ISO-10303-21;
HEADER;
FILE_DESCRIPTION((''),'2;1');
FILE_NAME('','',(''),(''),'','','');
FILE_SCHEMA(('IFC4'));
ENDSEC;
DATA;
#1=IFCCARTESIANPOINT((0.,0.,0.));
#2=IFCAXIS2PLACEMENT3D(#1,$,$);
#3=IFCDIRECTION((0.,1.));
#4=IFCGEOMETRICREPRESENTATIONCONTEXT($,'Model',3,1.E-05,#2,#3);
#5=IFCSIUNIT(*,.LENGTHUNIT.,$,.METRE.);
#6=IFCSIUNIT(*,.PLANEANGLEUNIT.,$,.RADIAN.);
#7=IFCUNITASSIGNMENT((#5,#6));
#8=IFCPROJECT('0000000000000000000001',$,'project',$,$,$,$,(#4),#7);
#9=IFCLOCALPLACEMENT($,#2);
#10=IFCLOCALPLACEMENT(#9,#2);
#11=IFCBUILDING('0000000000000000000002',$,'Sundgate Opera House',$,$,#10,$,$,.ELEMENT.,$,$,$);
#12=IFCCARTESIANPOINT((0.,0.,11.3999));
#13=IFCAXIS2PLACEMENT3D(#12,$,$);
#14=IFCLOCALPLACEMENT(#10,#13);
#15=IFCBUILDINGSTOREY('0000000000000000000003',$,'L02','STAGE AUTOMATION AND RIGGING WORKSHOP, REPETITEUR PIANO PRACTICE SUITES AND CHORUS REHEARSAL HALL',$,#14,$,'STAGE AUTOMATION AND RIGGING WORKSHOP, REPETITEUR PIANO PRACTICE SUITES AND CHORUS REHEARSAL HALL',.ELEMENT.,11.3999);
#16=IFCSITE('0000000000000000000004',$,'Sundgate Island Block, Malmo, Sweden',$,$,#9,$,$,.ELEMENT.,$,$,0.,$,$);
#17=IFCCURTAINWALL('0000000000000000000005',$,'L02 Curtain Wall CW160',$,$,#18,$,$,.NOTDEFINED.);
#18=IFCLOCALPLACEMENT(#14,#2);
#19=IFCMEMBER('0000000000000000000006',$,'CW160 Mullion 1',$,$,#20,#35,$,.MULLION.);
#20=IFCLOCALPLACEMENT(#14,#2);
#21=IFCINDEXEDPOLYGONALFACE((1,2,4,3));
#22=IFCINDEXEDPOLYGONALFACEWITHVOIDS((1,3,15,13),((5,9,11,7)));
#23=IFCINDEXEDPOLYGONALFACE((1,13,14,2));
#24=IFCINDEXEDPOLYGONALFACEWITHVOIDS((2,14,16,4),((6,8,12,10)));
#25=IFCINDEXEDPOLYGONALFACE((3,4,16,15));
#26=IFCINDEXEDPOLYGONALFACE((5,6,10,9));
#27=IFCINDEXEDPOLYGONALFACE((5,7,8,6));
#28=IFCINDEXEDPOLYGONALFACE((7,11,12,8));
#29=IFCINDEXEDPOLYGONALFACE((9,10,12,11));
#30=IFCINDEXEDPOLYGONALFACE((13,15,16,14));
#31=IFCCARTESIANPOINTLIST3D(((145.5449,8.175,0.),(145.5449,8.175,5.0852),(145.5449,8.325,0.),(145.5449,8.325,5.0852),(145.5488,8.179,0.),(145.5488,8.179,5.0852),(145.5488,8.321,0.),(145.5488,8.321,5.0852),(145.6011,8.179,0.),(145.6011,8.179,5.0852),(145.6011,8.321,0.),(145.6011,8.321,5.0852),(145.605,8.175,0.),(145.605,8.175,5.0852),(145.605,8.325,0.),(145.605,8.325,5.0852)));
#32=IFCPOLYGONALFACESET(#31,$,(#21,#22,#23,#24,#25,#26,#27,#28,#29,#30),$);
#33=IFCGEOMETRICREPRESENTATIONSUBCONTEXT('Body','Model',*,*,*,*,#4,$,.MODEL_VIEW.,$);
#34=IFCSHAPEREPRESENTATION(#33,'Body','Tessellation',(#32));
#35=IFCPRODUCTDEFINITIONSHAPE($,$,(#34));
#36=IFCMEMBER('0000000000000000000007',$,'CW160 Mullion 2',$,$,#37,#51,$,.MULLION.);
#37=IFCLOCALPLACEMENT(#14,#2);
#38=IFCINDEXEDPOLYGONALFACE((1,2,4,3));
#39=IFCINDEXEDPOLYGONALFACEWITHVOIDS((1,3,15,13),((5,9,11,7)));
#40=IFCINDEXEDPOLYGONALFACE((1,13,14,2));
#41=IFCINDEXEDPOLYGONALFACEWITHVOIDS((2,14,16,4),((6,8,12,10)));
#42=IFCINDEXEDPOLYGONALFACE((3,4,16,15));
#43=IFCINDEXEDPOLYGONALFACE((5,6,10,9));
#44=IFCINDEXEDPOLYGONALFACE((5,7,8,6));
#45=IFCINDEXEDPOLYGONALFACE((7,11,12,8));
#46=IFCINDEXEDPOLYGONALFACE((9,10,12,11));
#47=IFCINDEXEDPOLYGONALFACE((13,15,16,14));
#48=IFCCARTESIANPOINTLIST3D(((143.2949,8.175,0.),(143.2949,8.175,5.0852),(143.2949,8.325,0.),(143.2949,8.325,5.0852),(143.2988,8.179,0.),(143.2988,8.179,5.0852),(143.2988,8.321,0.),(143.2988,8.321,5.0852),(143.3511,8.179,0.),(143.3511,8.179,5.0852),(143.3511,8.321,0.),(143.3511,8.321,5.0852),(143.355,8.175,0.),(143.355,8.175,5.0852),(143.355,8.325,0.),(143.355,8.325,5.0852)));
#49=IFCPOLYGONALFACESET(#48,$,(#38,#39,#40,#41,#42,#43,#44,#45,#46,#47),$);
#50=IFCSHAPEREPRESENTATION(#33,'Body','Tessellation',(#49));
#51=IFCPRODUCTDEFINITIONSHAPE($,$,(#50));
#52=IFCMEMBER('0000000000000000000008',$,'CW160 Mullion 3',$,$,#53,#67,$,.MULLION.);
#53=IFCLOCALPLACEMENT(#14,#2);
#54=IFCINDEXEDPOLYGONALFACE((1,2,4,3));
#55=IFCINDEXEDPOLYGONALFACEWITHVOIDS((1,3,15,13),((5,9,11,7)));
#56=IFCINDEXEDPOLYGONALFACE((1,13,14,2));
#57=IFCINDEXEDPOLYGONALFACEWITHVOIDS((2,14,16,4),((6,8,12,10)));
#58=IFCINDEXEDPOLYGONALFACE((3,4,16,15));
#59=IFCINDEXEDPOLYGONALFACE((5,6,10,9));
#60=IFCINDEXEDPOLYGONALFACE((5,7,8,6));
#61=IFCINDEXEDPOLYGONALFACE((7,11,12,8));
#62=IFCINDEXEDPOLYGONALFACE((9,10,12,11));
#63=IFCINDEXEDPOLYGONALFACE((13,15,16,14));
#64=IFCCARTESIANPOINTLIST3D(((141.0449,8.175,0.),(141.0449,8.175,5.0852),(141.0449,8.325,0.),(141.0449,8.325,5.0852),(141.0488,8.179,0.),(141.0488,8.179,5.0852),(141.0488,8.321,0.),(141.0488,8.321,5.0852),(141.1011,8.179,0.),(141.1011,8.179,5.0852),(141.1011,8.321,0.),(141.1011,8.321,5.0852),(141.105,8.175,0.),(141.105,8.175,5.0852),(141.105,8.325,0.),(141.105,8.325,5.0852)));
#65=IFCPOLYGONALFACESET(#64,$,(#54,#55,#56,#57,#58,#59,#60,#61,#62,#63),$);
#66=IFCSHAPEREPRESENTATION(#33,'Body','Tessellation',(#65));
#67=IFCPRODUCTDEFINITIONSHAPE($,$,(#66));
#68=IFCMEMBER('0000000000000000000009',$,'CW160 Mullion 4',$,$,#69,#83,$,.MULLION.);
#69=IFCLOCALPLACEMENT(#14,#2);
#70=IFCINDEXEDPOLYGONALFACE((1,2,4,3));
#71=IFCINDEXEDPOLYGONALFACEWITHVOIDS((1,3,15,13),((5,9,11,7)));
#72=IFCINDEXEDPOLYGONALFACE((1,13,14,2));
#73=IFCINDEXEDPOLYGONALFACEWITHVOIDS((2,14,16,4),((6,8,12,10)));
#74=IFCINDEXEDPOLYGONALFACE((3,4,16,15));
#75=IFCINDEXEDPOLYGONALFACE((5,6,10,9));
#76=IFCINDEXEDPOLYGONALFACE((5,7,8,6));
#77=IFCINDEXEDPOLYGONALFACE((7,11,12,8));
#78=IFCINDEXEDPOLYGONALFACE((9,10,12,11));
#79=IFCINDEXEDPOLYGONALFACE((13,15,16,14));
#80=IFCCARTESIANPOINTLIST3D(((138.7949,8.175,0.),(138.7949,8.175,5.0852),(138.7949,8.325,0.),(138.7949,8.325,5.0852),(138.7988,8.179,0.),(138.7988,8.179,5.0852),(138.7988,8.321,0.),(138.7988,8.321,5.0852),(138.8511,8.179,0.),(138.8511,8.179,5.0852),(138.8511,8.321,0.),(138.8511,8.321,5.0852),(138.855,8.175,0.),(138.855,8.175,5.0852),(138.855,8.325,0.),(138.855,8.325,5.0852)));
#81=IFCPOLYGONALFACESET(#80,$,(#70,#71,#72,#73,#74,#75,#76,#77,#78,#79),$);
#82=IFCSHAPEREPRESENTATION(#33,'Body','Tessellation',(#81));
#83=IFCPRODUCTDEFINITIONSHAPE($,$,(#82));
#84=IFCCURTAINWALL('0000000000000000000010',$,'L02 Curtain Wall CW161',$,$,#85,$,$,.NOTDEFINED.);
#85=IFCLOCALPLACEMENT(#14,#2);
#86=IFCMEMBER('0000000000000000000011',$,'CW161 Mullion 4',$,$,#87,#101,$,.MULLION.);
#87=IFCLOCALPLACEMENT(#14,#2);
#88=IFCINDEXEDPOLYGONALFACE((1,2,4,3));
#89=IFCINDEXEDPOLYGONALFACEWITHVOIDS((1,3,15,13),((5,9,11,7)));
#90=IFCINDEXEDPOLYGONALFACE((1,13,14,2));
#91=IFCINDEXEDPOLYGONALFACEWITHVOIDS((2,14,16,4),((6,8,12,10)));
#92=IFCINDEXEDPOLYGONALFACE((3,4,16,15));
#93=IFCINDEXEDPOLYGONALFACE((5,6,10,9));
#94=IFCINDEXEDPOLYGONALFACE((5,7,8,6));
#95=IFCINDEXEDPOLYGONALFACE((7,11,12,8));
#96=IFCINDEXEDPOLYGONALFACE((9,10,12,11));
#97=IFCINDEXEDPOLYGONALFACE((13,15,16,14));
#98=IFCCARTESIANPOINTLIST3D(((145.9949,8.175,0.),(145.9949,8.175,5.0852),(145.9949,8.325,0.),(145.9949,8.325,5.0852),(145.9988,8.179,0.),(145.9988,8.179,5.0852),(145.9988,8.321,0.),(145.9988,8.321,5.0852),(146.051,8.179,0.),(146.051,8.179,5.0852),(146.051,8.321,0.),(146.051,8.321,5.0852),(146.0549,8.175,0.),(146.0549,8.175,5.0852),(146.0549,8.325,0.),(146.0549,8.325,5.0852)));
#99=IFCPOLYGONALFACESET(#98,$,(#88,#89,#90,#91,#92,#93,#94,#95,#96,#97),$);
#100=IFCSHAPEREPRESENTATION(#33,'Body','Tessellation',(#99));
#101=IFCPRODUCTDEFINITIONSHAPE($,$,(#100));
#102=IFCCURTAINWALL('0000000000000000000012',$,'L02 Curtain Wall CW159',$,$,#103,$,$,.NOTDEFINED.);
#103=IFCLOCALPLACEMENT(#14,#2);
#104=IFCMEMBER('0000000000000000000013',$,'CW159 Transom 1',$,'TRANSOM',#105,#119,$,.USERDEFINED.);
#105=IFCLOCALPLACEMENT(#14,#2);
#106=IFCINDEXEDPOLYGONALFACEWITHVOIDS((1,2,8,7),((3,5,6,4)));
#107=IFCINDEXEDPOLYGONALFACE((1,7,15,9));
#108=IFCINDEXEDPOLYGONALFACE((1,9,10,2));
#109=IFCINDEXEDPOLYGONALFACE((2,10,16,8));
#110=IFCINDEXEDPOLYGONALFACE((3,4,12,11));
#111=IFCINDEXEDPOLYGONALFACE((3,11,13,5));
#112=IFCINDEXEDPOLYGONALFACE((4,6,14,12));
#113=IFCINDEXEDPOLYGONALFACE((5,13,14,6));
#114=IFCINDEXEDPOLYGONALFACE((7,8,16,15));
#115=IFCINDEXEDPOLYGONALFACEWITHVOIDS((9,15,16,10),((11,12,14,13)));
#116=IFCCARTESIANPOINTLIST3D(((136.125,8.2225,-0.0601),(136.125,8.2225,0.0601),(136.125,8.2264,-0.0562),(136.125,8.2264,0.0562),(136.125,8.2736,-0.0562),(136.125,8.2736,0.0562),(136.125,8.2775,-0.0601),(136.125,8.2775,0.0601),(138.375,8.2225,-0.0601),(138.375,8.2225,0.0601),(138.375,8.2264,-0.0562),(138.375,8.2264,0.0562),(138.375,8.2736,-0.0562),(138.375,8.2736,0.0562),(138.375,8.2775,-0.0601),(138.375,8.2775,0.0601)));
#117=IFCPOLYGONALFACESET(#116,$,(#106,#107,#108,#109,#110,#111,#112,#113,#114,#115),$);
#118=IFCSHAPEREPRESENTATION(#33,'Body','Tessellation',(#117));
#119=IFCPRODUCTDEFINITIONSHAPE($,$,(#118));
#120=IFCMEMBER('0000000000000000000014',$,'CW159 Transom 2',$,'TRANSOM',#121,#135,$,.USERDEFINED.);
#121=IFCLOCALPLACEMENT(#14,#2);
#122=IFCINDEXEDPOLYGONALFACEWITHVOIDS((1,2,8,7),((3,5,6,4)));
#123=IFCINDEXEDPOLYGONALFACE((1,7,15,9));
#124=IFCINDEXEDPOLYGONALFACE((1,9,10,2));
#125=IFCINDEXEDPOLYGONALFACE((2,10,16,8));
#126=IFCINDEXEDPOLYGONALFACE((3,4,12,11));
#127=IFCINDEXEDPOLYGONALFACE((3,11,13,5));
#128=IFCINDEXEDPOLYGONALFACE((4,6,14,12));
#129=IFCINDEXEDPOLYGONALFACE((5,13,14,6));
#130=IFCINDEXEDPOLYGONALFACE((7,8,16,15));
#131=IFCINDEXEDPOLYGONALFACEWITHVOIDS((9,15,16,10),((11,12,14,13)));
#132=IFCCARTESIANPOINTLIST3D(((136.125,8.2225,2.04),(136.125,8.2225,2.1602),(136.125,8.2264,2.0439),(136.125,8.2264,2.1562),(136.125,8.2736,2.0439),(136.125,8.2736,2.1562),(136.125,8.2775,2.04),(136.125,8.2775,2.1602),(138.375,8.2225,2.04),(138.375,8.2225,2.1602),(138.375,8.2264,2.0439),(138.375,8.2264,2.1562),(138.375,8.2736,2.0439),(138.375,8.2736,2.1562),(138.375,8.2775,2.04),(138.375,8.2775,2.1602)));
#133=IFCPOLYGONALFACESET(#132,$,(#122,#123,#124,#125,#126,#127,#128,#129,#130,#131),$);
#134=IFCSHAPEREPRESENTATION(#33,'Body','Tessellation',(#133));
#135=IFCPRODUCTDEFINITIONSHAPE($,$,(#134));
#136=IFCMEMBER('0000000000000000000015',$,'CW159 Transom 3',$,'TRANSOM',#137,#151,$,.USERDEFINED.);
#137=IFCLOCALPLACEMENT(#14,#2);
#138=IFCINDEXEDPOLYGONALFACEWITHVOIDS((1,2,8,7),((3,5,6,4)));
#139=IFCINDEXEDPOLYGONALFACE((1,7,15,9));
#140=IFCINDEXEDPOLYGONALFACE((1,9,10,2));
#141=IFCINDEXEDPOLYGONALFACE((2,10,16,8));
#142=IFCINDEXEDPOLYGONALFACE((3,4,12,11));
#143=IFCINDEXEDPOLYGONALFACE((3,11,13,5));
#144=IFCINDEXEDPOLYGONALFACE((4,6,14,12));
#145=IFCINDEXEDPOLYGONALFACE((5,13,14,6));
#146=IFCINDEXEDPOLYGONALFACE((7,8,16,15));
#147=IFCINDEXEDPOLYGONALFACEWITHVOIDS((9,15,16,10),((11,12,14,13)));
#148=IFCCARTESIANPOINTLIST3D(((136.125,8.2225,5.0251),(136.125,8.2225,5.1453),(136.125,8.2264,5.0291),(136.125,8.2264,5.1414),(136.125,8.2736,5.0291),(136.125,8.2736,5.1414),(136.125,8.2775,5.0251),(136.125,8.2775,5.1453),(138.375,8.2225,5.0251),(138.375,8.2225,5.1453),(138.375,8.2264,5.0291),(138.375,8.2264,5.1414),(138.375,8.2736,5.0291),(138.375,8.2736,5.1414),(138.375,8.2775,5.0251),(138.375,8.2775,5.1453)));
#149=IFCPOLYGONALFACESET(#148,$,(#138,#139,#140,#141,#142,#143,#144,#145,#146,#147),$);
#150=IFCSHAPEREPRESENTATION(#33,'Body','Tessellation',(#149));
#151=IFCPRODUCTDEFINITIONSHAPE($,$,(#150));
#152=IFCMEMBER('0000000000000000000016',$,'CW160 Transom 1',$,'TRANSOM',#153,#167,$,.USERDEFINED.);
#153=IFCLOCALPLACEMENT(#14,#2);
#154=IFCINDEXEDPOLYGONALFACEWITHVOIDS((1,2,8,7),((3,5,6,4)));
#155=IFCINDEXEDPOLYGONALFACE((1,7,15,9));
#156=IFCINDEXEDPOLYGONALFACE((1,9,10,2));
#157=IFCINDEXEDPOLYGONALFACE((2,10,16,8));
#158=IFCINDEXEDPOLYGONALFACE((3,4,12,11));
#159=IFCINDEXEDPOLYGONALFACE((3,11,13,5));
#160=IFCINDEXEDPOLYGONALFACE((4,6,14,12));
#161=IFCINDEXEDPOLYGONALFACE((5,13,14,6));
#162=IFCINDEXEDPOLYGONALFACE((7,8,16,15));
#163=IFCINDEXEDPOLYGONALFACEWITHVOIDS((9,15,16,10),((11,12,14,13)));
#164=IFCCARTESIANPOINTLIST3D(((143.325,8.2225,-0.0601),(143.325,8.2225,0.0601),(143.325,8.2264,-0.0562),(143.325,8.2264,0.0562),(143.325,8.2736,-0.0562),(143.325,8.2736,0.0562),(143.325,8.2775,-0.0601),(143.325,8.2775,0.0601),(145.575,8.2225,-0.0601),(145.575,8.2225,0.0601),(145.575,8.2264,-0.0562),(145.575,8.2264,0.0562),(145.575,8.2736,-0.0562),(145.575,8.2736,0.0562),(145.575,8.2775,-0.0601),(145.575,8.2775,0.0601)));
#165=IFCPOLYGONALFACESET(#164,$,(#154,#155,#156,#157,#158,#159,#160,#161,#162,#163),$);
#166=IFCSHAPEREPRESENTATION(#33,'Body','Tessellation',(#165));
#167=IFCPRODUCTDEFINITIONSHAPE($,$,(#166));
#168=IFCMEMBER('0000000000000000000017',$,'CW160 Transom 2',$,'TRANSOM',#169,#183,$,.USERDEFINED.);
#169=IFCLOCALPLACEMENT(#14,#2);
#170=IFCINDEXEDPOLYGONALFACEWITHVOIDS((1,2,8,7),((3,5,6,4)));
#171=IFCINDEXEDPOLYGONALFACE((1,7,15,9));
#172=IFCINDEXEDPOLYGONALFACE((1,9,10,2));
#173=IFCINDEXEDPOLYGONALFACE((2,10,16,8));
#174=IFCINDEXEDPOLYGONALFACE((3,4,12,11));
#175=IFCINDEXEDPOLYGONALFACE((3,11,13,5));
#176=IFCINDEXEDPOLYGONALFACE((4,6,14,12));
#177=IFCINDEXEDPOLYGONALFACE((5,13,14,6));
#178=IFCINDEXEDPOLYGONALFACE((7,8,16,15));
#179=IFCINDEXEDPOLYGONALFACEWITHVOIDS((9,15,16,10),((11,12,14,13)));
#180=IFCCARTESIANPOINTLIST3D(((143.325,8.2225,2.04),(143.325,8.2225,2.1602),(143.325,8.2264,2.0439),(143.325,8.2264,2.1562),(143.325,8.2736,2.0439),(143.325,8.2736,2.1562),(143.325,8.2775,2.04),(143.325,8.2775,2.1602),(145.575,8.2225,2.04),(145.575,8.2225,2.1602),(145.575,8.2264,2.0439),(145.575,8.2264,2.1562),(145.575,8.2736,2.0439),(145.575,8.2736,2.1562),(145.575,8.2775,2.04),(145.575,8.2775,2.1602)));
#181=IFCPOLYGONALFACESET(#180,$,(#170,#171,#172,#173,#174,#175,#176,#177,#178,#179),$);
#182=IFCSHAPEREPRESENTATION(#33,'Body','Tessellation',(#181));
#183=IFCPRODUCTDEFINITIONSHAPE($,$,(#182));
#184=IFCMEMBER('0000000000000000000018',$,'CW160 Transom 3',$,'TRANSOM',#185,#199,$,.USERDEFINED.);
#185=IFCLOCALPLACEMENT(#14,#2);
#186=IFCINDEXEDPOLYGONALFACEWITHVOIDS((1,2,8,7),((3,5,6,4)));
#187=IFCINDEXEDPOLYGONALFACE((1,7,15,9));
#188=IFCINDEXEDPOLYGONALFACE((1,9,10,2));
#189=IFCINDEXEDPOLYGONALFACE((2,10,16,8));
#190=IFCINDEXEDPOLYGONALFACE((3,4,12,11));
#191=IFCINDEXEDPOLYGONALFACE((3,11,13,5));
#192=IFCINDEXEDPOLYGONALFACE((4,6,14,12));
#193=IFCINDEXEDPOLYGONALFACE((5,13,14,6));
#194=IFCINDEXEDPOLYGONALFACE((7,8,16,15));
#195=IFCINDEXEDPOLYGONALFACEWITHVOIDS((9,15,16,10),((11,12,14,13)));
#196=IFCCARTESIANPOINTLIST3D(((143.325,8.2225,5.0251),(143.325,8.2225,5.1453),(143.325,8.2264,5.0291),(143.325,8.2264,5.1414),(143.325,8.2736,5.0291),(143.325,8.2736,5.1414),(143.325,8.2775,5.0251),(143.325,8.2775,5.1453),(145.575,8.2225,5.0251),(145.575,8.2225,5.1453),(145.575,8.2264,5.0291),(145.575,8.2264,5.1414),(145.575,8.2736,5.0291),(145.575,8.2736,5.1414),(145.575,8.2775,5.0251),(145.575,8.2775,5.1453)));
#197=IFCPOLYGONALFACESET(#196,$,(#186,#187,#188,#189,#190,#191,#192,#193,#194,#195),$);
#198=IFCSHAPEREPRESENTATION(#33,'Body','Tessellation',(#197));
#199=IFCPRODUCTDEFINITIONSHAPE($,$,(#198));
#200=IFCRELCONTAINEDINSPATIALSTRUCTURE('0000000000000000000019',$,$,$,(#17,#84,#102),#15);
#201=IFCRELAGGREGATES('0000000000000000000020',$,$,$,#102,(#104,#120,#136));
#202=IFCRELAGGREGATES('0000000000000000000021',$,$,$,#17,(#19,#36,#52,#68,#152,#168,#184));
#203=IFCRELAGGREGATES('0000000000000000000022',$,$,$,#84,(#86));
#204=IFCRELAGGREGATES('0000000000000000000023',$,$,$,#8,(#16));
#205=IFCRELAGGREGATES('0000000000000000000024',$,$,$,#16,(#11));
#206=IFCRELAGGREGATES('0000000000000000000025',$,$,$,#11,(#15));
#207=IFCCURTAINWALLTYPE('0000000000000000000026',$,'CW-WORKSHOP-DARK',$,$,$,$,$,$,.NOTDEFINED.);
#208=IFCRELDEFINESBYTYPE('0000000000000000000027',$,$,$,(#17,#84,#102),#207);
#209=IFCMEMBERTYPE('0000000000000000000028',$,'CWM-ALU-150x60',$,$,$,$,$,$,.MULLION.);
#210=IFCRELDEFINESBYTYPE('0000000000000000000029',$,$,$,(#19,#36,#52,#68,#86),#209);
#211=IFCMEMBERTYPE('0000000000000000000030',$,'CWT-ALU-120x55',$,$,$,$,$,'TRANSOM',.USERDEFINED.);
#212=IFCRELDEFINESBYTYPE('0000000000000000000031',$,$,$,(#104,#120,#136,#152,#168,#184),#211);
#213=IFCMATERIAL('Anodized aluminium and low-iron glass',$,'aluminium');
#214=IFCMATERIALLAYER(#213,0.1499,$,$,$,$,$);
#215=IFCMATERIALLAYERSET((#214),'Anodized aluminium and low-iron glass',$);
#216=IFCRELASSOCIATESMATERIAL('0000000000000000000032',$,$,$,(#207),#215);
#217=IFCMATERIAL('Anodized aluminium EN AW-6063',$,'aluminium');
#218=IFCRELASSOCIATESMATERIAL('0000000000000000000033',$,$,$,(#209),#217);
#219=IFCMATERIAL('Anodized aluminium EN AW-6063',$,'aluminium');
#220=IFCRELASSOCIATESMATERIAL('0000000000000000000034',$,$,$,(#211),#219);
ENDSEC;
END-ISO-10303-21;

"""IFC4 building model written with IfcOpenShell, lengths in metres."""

from ifc_helpers import new_model, si_unit, direction, frame, origin, origin_2d, place, context, subcontext, project, spatial, hollow_rectangle, extrude, material, layer, layer_set, material_profile, profile_set, type_object, element, aggregate, save


model = new_model("IFC4")

# Units and contexts
model_context = context("Model", 3, precision=1e-05, world=origin(), true_north=direction((0.0, 1.0)))
body_context = subcontext(model_context, "Body", "Model", "MODEL_VIEW")
ifc_project = project(units=[si_unit("LENGTHUNIT", "METRE"), si_unit("PLANEANGLEUNIT", "RADIAN")], contexts=[model_context])

# Site, building, storey
site_placement = place(None, origin())
site = spatial("IfcSite", under=ifc_project, at=site_placement, Name="Sundgate Island Block, Malmo, Sweden", CompositionType="ELEMENT", RefElevation=0.0)
building_placement = place(site_placement, origin())
building = spatial("IfcBuilding", under=site, at=building_placement, Name="Sundgate Opera House", CompositionType="ELEMENT")
storey_placement = place(building_placement, frame((0.0, 0.0, 11.3999)))
storey = spatial("IfcBuildingStorey", under=building, at=storey_placement, Name="L02", Description="STAGE AUTOMATION AND RIGGING WORKSHOP, REPETITEUR PIANO PRACTICE SUITES AND CHORUS REHEARSAL HALL", LongName="STAGE AUTOMATION AND RIGGING WORKSHOP, REPETITEUR PIANO PRACTICE SUITES AND CHORUS REHEARSAL HALL", CompositionType="ELEMENT", Elevation=11.3999)

# Curtain wall, members
ifc_material_1 = material(Name="Anodized aluminium and low-iron glass", Category="aluminium")
ifc_layer_1 = layer(ifc_material_1, 0.1499)
ifc_layer_set_1 = layer_set([ifc_layer_1], Name="Anodized aluminium and low-iron glass")
curtain_wall_type = type_object("IfcCurtainWallType", Name="CW-WORKSHOP-DARK", PredefinedType="NOTDEFINED", material=ifc_layer_set_1)
curtain_wall_1_placement = place(storey_placement, origin())
curtain_wall_1 = element("IfcCurtainWall", 1, at=curtain_wall_1_placement, inside=storey, type_object=curtain_wall_type, Name="L02 Curtain Wall CW160", PredefinedType="NOTDEFINED")
ifc_material_2 = material(Name="Anodized aluminium EN AW-6063", Category="aluminium")
ifc_material_profile_1 = material_profile(ifc_material_2, hollow_rectangle(XDim=0.0601, YDim=0.1499, WallThickness=0.0039, at=origin_2d()), Name="CWM 150x60x4")
ifc_profile_set_1 = profile_set([ifc_material_profile_1], Name="Anodized aluminium EN AW-6063")
member_type_1 = type_object("IfcMemberType", Name="CWM-ALU-150x60", PredefinedType="MULLION", material=ifc_profile_set_1)
member_1_placement = place(storey_placement, frame((145.575, 8.25, 0.0), z_axis=(0.0, 0.0, 1.0), x_axis=(1.0, 0.0, 0.0)))
member_1 = element("IfcMember", 2, at=member_1_placement, type_object=member_type_1, Name="CW160 Mullion 1", PredefinedType="MULLION", context=body_context, shape_type="SweptSolid", body=[
    extrude(hollow_rectangle(XDim=0.0601, YDim=0.1499, WallThickness=0.0039, at=origin_2d()), origin(), (0.0, 0.0, 1.0), 5.0852),
])
member_2_placement = place(storey_placement, frame((143.325, 8.25, 0.0), z_axis=(0.0, 0.0, 1.0), x_axis=(1.0, 0.0, 0.0)))
member_2 = element("IfcMember", 3, at=member_2_placement, type_object=member_type_1, Name="CW160 Mullion 2", PredefinedType="MULLION", context=body_context, shape_type="SweptSolid", body=[
    extrude(hollow_rectangle(XDim=0.0601, YDim=0.1499, WallThickness=0.0039, at=origin_2d()), origin(), (0.0, 0.0, 1.0), 5.0852),
])
member_3_placement = place(storey_placement, frame((141.075, 8.25, 0.0), z_axis=(0.0, 0.0, 1.0), x_axis=(1.0, 0.0, 0.0)))
member_3 = element("IfcMember", 4, at=member_3_placement, type_object=member_type_1, Name="CW160 Mullion 3", PredefinedType="MULLION", context=body_context, shape_type="SweptSolid", body=[
    extrude(hollow_rectangle(XDim=0.0601, YDim=0.1499, WallThickness=0.0039, at=origin_2d()), origin(), (0.0, 0.0, 1.0), 5.0852),
])
member_4_placement = place(storey_placement, frame((138.825, 8.25, 0.0), z_axis=(0.0, 0.0, 1.0), x_axis=(1.0, 0.0, 0.0)))
member_4 = element("IfcMember", 5, at=member_4_placement, type_object=member_type_1, Name="CW160 Mullion 4", PredefinedType="MULLION", context=body_context, shape_type="SweptSolid", body=[
    extrude(hollow_rectangle(XDim=0.0601, YDim=0.1499, WallThickness=0.0039, at=origin_2d()), origin(), (0.0, 0.0, 1.0), 5.0852),
])

# Curtain wall, member
curtain_wall_2_placement = place(storey_placement, origin())
curtain_wall_2 = element("IfcCurtainWall", 6, at=curtain_wall_2_placement, inside=storey, type_object=curtain_wall_type, Name="L02 Curtain Wall CW161", PredefinedType="NOTDEFINED")
member_5_placement = place(storey_placement, frame((146.0249, 8.25, 0.0), z_axis=(0.0, 0.0, 1.0), x_axis=(1.0, 0.0, 0.0)))
member_5 = element("IfcMember", 7, at=member_5_placement, type_object=member_type_1, Name="CW161 Mullion 4", PredefinedType="MULLION", context=body_context, shape_type="SweptSolid", body=[
    extrude(hollow_rectangle(XDim=0.0601, YDim=0.1499, WallThickness=0.0039, at=origin_2d()), origin(), (0.0, 0.0, 1.0), 5.0852),
])

# Curtain wall, members
curtain_wall_3_placement = place(storey_placement, origin())
curtain_wall_3 = element("IfcCurtainWall", 8, at=curtain_wall_3_placement, inside=storey, type_object=curtain_wall_type, Name="L02 Curtain Wall CW159", PredefinedType="NOTDEFINED")
ifc_material_3 = material(Name="Anodized aluminium EN AW-6063", Category="aluminium")
ifc_material_profile_2 = material_profile(ifc_material_3, hollow_rectangle(XDim=0.0549, YDim=0.1201, WallThickness=0.0039, at=origin_2d()), Name="CWT 120x55x4")
ifc_profile_set_2 = profile_set([ifc_material_profile_2], Name="Anodized aluminium EN AW-6063")
member_type_2 = type_object("IfcMemberType", Name="CWT-ALU-120x55", ElementType="TRANSOM", PredefinedType="USERDEFINED", material=ifc_profile_set_2)
member_6_placement = place(storey_placement, frame((138.375, 8.25, 0.0), z_axis=(-1.0, 0.0, 0.0), x_axis=(0.0, -1.0, 0.0)))
member_6 = element("IfcMember", 9, at=member_6_placement, type_object=member_type_2, Name="CW159 Transom 1", ObjectType="TRANSOM", PredefinedType="USERDEFINED", context=body_context, shape_type="SweptSolid", body=[
    extrude(hollow_rectangle(XDim=0.0549, YDim=0.1201, WallThickness=0.0039, at=origin_2d()), origin(), (0.0, 0.0, 1.0), 2.25),
])
member_7_placement = place(storey_placement, frame((138.375, 8.25, 2.1001), z_axis=(-1.0, 0.0, 0.0), x_axis=(0.0, -1.0, 0.0)))
member_7 = element("IfcMember", 10, at=member_7_placement, type_object=member_type_2, Name="CW159 Transom 2", ObjectType="TRANSOM", PredefinedType="USERDEFINED", context=body_context, shape_type="SweptSolid", body=[
    extrude(hollow_rectangle(XDim=0.0549, YDim=0.1201, WallThickness=0.0039, at=origin_2d()), origin(), (0.0, 0.0, 1.0), 2.25),
])
member_8_placement = place(storey_placement, frame((138.375, 8.25, 5.0852), z_axis=(-1.0, 0.0, 0.0), x_axis=(0.0, -1.0, 0.0)))
member_8 = element("IfcMember", 11, at=member_8_placement, type_object=member_type_2, Name="CW159 Transom 3", ObjectType="TRANSOM", PredefinedType="USERDEFINED", context=body_context, shape_type="SweptSolid", body=[
    extrude(hollow_rectangle(XDim=0.0549, YDim=0.1201, WallThickness=0.0039, at=origin_2d()), origin(), (0.0, 0.0, 1.0), 2.25),
])
aggregate(curtain_wall_3, [member_6, member_7, member_8])

# Members
member_9_placement = place(storey_placement, frame((145.575, 8.25, 0.0), z_axis=(-1.0, 0.0, 0.0), x_axis=(0.0, -1.0, 0.0)))
member_9 = element("IfcMember", 12, at=member_9_placement, type_object=member_type_2, Name="CW160 Transom 1", ObjectType="TRANSOM", PredefinedType="USERDEFINED", context=body_context, shape_type="SweptSolid", body=[
    extrude(hollow_rectangle(XDim=0.0549, YDim=0.1201, WallThickness=0.0039, at=origin_2d()), origin(), (0.0, 0.0, 1.0), 2.25),
])
member_10_placement = place(storey_placement, frame((145.575, 8.25, 2.1001), z_axis=(-1.0, 0.0, 0.0), x_axis=(0.0, -1.0, 0.0)))
member_10 = element("IfcMember", 13, at=member_10_placement, type_object=member_type_2, Name="CW160 Transom 2", ObjectType="TRANSOM", PredefinedType="USERDEFINED", context=body_context, shape_type="SweptSolid", body=[
    extrude(hollow_rectangle(XDim=0.0549, YDim=0.1201, WallThickness=0.0039, at=origin_2d()), origin(), (0.0, 0.0, 1.0), 2.25),
])
member_11_placement = place(storey_placement, frame((145.575, 8.25, 5.0852), z_axis=(-1.0, 0.0, 0.0), x_axis=(0.0, -1.0, 0.0)))
member_11 = element("IfcMember", 14, at=member_11_placement, type_object=member_type_2, Name="CW160 Transom 3", ObjectType="TRANSOM", PredefinedType="USERDEFINED", context=body_context, shape_type="SweptSolid", body=[
    extrude(hollow_rectangle(XDim=0.0549, YDim=0.1201, WallThickness=0.0039, at=origin_2d()), origin(), (0.0, 0.0, 1.0), 2.25),
])

aggregate(curtain_wall_1, [member_1, member_2, member_3, member_4, member_9, member_10, member_11])
aggregate(curtain_wall_2, [member_5])

save(model, "model.ifc")
